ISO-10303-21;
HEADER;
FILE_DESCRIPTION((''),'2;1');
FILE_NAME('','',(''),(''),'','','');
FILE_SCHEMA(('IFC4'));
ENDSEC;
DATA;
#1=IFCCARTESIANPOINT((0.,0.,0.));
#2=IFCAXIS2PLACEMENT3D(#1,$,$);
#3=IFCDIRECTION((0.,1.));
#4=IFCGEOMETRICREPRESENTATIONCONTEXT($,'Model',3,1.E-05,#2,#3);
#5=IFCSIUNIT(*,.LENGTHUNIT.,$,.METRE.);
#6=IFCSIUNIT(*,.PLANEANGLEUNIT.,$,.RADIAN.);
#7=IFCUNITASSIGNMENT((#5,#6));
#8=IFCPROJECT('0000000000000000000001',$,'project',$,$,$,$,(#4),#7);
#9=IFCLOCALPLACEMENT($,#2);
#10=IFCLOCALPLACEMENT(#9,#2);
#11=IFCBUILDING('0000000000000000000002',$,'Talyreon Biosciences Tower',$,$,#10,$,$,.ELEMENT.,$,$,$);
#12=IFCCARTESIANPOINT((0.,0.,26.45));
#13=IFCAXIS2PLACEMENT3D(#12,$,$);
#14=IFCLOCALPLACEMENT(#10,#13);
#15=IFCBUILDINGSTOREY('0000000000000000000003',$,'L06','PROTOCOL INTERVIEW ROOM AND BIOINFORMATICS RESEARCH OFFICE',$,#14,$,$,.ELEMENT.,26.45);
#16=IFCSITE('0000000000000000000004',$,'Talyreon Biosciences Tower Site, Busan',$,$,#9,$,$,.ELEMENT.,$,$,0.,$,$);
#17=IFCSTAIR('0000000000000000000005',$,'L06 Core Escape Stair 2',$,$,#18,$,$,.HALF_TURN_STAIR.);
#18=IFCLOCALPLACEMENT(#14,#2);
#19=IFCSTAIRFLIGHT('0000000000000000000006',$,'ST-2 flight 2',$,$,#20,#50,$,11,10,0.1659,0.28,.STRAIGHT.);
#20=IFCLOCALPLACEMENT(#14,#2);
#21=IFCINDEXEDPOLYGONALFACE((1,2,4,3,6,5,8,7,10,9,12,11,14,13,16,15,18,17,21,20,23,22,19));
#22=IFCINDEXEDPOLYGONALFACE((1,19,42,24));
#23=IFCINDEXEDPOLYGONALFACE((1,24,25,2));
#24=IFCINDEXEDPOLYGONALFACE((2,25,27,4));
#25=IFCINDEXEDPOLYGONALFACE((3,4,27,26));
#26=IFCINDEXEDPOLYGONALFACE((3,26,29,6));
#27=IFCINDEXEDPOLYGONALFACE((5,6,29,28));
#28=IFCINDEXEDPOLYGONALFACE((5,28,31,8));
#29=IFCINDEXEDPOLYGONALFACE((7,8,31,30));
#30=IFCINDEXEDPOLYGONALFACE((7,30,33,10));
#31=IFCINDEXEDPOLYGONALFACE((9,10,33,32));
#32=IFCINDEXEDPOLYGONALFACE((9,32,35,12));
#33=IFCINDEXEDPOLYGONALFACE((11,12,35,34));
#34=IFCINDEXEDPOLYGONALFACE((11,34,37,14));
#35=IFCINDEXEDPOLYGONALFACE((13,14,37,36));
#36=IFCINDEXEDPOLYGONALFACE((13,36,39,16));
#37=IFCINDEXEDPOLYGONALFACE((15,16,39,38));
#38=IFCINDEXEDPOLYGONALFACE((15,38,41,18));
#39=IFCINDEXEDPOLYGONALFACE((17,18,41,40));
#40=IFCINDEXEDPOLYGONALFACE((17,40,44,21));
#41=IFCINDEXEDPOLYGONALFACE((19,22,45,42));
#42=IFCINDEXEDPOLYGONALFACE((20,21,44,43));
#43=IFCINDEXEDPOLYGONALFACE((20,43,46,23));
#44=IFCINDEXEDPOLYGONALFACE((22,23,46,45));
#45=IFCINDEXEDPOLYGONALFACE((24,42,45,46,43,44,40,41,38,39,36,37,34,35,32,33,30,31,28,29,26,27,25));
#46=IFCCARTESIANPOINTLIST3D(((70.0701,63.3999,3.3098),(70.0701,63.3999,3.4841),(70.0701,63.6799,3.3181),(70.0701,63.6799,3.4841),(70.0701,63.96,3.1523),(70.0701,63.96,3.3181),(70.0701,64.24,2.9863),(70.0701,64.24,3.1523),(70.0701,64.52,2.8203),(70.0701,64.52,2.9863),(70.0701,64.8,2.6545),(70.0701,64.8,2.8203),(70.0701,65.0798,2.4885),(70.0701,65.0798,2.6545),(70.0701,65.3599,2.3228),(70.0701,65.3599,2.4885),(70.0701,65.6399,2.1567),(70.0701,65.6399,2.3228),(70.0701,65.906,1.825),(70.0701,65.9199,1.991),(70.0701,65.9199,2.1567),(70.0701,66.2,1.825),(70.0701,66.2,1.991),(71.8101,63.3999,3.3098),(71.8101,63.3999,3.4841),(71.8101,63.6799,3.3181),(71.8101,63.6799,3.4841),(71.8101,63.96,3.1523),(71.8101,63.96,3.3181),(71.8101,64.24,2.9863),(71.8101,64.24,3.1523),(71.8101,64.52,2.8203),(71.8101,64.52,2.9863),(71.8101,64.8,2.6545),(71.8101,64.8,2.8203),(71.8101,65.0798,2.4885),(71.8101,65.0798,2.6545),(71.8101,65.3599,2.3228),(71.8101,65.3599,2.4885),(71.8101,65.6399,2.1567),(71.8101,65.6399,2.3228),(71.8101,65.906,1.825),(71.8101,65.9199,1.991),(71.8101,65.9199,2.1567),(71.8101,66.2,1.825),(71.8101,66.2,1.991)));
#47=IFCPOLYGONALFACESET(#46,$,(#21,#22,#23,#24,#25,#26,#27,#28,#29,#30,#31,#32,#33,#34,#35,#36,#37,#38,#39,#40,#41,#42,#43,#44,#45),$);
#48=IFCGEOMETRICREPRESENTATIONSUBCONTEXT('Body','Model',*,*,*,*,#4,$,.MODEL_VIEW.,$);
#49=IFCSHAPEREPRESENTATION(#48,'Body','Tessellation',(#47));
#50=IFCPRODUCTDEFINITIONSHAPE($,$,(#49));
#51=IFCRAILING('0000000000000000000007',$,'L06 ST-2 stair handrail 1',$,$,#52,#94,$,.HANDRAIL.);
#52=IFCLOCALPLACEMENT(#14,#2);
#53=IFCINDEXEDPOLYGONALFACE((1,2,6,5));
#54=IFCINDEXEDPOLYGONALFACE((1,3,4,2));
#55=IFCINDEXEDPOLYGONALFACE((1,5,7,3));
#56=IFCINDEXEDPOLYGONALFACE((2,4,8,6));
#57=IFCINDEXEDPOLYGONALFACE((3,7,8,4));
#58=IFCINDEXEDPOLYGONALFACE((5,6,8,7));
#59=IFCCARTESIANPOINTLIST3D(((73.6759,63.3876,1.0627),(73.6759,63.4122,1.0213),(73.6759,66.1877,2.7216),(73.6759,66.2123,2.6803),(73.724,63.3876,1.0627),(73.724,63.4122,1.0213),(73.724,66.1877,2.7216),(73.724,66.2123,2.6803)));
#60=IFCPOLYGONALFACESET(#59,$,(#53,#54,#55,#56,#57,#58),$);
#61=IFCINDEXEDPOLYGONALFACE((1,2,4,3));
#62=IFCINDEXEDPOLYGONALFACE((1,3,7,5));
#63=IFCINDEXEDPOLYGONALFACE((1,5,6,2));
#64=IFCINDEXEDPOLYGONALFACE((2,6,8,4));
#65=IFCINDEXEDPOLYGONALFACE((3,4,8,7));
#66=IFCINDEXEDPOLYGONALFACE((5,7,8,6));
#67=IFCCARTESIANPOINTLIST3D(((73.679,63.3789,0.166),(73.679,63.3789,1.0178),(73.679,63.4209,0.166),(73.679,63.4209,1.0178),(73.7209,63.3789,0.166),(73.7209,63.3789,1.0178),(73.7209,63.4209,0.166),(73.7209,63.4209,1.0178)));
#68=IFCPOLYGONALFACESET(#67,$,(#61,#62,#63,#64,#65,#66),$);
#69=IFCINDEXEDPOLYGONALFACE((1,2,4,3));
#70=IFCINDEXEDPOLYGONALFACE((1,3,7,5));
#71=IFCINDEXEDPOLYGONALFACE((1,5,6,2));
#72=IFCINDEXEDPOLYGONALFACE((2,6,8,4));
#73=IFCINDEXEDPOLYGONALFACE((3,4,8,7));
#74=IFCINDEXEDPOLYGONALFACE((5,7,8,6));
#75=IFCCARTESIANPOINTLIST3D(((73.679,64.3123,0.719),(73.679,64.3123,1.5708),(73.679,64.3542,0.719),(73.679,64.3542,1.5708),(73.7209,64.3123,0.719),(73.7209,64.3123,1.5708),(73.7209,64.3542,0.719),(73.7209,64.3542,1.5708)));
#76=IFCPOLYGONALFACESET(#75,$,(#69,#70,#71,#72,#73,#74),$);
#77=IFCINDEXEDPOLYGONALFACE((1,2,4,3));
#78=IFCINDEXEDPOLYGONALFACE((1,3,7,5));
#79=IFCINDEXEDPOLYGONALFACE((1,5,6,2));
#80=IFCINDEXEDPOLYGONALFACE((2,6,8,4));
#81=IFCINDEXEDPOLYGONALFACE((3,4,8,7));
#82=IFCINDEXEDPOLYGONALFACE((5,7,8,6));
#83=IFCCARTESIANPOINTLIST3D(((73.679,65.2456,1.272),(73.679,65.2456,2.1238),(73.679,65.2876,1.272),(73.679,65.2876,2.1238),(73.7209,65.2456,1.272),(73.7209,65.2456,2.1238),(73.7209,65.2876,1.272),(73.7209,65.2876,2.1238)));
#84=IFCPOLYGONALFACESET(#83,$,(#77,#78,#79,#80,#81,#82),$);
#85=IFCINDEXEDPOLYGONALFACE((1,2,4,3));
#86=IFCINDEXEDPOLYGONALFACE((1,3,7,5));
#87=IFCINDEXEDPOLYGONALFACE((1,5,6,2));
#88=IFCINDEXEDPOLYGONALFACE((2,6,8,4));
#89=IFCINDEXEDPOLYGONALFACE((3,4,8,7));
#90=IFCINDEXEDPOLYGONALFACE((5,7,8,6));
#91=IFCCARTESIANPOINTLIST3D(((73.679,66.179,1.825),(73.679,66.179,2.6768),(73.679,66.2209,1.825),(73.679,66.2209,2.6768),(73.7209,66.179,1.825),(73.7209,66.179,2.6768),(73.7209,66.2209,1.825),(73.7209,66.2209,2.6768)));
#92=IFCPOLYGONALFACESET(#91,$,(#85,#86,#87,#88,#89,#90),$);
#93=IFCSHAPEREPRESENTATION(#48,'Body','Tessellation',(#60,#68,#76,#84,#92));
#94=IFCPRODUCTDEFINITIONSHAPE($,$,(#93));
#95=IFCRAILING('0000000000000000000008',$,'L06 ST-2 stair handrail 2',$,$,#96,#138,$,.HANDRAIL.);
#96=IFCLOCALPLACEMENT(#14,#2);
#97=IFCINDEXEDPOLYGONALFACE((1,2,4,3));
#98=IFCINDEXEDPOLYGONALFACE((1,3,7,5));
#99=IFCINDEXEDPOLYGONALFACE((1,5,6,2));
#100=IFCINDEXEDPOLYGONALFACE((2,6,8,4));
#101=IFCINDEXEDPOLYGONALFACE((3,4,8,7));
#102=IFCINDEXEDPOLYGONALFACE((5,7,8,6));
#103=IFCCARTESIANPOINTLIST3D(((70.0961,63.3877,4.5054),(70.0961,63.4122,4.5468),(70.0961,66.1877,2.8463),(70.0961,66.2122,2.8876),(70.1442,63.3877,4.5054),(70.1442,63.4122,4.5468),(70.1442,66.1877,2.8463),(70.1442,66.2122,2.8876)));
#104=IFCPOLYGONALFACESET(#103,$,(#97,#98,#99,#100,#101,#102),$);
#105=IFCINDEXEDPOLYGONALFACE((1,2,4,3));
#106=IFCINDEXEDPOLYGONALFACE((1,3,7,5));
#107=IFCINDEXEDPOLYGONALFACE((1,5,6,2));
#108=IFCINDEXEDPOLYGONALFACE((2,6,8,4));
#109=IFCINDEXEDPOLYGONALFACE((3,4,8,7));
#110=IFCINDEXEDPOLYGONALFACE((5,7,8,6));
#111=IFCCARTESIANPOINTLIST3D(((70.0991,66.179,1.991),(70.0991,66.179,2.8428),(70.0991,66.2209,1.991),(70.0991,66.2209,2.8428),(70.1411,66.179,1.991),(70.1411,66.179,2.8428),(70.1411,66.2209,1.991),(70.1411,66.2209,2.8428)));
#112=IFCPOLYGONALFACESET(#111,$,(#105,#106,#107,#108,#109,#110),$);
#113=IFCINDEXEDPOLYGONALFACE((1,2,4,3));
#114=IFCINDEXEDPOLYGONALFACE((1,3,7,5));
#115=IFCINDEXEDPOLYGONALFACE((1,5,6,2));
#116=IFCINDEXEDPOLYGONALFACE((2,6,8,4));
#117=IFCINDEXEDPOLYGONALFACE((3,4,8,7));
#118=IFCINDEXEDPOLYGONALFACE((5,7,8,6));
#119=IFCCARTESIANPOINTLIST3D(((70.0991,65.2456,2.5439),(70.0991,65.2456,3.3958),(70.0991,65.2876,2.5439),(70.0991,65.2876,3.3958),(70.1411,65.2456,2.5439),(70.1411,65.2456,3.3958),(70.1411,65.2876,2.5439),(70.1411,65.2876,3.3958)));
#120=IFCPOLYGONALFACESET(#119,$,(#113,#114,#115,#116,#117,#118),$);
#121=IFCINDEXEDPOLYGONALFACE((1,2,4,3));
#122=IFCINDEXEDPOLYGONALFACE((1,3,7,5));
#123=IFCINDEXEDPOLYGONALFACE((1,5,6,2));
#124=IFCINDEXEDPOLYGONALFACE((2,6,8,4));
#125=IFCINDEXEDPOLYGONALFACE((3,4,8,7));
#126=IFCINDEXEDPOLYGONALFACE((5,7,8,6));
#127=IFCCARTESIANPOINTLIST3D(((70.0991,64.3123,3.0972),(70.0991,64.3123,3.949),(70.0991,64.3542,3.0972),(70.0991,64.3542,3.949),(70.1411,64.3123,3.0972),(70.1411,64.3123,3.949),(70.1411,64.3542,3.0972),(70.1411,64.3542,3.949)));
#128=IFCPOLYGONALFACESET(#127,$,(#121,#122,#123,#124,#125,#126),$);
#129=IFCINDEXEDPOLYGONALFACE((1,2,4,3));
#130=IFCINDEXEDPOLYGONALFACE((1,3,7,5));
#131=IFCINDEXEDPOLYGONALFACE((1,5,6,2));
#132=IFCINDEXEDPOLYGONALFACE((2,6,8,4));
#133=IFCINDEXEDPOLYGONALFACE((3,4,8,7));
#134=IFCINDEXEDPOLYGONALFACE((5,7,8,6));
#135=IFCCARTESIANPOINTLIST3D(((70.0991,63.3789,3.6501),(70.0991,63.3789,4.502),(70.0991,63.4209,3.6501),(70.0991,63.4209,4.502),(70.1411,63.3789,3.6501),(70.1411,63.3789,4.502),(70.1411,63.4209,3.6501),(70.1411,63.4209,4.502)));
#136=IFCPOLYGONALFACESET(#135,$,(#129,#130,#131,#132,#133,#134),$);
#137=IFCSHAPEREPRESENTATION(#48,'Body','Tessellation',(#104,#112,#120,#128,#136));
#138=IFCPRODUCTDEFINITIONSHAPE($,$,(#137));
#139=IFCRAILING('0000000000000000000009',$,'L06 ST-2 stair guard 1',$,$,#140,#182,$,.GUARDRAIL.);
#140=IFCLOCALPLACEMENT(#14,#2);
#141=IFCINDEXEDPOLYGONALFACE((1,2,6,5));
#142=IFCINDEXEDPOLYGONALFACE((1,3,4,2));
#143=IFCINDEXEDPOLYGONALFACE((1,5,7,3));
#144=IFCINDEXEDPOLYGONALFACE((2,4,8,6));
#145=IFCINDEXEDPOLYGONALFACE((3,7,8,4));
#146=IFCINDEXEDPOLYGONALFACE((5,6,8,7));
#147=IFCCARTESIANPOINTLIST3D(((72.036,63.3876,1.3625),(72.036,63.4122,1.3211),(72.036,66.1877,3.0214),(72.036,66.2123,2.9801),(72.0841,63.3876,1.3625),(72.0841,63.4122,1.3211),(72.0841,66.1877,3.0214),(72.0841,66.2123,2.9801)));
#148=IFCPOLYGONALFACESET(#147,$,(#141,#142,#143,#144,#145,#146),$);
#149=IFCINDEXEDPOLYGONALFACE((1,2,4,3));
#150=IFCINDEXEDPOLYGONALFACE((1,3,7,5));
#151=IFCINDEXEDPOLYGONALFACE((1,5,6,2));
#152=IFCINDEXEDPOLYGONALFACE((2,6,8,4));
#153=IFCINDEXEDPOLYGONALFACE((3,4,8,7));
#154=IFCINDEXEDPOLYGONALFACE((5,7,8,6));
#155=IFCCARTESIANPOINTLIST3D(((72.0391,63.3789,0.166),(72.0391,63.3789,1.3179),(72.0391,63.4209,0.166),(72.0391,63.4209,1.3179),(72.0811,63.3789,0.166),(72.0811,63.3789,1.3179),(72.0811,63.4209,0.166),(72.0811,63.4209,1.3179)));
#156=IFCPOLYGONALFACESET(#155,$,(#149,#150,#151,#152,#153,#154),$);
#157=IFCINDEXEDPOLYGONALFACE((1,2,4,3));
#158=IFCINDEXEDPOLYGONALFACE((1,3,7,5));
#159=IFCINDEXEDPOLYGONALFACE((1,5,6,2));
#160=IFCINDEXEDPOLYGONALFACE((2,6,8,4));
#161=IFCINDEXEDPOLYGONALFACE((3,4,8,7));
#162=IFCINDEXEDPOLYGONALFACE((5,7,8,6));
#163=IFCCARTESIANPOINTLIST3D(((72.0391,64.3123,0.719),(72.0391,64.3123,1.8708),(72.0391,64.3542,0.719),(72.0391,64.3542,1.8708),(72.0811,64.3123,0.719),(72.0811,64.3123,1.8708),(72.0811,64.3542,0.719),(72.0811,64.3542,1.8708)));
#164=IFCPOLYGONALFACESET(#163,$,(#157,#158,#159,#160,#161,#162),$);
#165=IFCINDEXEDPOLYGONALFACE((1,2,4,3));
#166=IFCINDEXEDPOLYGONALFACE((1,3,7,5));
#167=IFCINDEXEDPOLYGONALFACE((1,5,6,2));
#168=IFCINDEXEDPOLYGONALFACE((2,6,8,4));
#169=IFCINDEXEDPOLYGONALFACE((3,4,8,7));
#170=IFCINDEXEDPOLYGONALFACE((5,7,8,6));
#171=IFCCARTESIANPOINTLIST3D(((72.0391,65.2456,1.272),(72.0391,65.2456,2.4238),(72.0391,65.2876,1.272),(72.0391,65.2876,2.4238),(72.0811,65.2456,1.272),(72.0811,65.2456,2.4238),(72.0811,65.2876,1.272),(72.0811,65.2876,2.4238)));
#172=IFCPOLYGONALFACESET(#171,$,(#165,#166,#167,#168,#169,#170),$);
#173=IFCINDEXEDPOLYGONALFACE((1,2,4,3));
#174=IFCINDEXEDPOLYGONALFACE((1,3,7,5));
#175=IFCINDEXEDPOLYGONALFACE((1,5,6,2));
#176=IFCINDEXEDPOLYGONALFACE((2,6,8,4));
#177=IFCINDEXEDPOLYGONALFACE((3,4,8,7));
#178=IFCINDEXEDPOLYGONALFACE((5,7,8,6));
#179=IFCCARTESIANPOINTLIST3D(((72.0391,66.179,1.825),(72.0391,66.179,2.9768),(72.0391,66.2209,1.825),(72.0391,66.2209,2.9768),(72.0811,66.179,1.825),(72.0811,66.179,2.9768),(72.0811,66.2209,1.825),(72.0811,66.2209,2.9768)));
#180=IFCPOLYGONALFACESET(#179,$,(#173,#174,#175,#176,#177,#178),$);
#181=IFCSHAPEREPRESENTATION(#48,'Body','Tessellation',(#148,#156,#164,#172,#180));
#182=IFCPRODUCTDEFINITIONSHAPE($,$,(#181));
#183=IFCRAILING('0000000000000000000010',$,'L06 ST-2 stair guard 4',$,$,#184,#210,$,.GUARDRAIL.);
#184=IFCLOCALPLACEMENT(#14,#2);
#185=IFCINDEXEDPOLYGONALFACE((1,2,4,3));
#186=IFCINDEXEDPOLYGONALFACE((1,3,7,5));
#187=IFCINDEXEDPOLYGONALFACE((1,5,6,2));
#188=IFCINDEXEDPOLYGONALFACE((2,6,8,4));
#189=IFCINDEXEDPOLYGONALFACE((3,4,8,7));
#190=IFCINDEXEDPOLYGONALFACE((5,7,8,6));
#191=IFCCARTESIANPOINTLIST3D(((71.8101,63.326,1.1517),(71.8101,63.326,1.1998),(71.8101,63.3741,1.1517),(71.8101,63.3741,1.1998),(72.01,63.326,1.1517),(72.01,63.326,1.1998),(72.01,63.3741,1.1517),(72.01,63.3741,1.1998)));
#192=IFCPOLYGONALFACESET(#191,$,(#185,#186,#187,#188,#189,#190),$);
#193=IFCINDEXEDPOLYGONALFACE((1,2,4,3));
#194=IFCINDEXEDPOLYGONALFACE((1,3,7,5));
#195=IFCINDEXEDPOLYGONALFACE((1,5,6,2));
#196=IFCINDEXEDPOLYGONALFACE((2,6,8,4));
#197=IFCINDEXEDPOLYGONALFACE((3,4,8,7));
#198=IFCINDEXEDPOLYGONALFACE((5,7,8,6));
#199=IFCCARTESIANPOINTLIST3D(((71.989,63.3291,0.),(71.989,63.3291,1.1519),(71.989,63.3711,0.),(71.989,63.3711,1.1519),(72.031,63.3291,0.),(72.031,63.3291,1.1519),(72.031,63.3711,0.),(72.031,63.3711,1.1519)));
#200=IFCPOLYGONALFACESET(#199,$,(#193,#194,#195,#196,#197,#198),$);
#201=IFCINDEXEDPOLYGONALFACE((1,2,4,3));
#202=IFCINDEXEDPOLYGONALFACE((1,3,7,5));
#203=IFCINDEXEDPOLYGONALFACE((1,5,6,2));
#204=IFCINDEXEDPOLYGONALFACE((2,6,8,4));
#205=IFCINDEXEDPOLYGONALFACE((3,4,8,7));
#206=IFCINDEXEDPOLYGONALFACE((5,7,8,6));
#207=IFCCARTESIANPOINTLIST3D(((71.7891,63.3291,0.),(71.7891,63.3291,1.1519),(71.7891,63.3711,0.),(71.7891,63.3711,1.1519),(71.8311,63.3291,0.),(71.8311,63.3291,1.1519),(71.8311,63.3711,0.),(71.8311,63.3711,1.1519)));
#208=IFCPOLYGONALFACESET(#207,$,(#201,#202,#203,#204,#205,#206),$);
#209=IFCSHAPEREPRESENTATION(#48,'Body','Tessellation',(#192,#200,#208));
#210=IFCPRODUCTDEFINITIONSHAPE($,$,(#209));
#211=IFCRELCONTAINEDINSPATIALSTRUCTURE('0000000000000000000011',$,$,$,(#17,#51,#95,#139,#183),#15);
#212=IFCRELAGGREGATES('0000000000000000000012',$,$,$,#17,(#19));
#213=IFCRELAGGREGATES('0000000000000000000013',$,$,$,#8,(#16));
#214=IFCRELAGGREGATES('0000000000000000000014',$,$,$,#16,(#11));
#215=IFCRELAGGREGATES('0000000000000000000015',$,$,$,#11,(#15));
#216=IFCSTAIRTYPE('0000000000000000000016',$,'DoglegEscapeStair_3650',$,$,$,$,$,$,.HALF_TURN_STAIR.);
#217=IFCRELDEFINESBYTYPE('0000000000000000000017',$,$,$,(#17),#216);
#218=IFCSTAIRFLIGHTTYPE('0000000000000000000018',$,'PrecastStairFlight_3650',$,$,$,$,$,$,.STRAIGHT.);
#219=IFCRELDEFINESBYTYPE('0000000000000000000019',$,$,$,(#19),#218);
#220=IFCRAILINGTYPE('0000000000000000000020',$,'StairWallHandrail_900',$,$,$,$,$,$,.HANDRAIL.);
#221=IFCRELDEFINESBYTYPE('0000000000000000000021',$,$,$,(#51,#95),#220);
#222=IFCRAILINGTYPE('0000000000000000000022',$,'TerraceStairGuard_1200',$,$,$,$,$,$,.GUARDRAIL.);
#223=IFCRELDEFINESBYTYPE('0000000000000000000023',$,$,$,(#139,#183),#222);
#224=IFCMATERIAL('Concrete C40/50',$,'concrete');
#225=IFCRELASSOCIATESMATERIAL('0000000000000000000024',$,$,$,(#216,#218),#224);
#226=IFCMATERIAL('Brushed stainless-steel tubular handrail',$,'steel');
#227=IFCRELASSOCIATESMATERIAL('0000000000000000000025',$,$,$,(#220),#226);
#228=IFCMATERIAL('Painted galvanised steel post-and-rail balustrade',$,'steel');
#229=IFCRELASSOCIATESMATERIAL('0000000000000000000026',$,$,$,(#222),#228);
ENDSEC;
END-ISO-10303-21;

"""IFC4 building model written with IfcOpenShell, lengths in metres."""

from ifc_helpers import new_model, si_unit, direction, frame, origin, origin_2d, place, context, subcontext, project, spatial, polyline, rectangle, outline, extrude, material, type_object, element, aggregate, save


model = new_model("IFC4")

# Units and contexts
model_context = context("Model", 3, precision=1e-05, world=origin(), true_north=direction((0.0, 1.0)))
body_context = subcontext(model_context, "Body", "Model", "MODEL_VIEW")
ifc_project = project(units=[si_unit("LENGTHUNIT", "METRE"), si_unit("PLANEANGLEUNIT", "RADIAN")], contexts=[model_context])

# Site, building, storey
site_placement = place(None, origin())
site = spatial("IfcSite", under=ifc_project, at=site_placement, Name="Talyreon Biosciences Tower Site, Busan", CompositionType="ELEMENT", RefElevation=0.0)
building_placement = place(site_placement, origin())
building = spatial("IfcBuilding", under=site, at=building_placement, Name="Talyreon Biosciences Tower", CompositionType="ELEMENT")
storey_placement = place(building_placement, frame((0.0, 0.0, 26.45)))
storey = spatial("IfcBuildingStorey", under=building, at=storey_placement, Name="L06", Description="PROTOCOL INTERVIEW ROOM AND BIOINFORMATICS RESEARCH OFFICE", CompositionType="ELEMENT", Elevation=26.45)

# Stair, stair flight
ifc_material_1 = material(Name="Concrete C40/50", Category="concrete")
stair_type = type_object("IfcStairType", Name="DoglegEscapeStair_3650", PredefinedType="HALF_TURN_STAIR", material=ifc_material_1)
stair_placement = place(storey_placement, origin())
stair = element("IfcStair", 1, at=stair_placement, inside=storey, type_object=stair_type, Name="L06 Core Escape Stair 2", PredefinedType="HALF_TURN_STAIR")
stair_flight_type = type_object("IfcStairFlightType", Name="PrecastStairFlight_3650", PredefinedType="STRAIGHT", material=ifc_material_1)
stair_flight_1_placement = place(storey_placement, frame((70.9399, 66.2, 1.825), z_axis=(0.0, 0.0, 1.0), x_axis=(0.0, -1.0, 0.0)))
stair_flight_1 = element("IfcStairFlight", 2, at=stair_flight_1_placement, type_object=stair_flight_type, Name="ST-2 flight 2", NumberOfRisers=11, NumberOfTreads=10, PredefinedType="STRAIGHT", RiserHeight=0.1659, TreadLength=0.28, context=body_context, shape_type="SweptSolid", body=[
    extrude(outline(polyline([(0.0, 0.0), (0.0, 0.166), (0.28, 0.166), (0.28, 0.3318), (0.5601, 0.3318), (0.5601, 0.4978), (0.8401, 0.4978), (0.8401, 0.6636), (1.1201, 0.6636), (1.1201, 0.8296), (1.3999, 0.8296), (1.3999, 0.9954), (1.6799, 0.9954), (1.6799, 1.1614), (1.96, 1.1614), (1.96, 1.3274), (2.24, 1.3274), (2.24, 1.4932), (2.52, 1.4932), (2.52, 1.6592), (2.8, 1.6592), (2.8, 1.825), (2.8, 1.4849), (0.2939, 0.0), (0.0, 0.0)])), frame((0.0, 0.8701, 0.0), z_axis=(0.0, -1.0, 0.0), x_axis=(1.0, 0.0, 0.0)), (0.0, 0.0, 1.0), 1.74),
])
aggregate(stair, [stair_flight_1])

# Railings
ifc_material_2 = material(Name="Brushed stainless-steel tubular handrail", Category="steel")
railing_type_1 = type_object("IfcRailingType", Name="StairWallHandrail_900", PredefinedType="HANDRAIL", material=ifc_material_2)
railing_1_placement = place(storey_placement, frame((73.7, 63.3999, 0.166)))
element("IfcRailing", 3, at=railing_1_placement, inside=storey, type_object=railing_type_1, Name="L06 ST-2 stair handrail 1", PredefinedType="HANDRAIL", context=body_context, shape_type="SweptSolid", body=[
    extrude(rectangle(XDim=0.0481, YDim=0.0481, at=origin_2d()), frame((0.0, 0.0, 0.876), z_axis=(0.0, 0.860339, 0.509722), x_axis=(-1.0, 0.0, 0.0)), (0.0, 0.0, 1.0), 3.2546),
    extrude(rectangle(XDim=0.042, YDim=0.042, at=origin_2d()), origin(), (0.0, 0.0, 1.0), 0.8518),
    extrude(rectangle(XDim=0.042, YDim=0.042, at=origin_2d()), frame((0.0, 0.9333, 0.553)), (0.0, 0.0, 1.0), 0.8518),
    extrude(rectangle(XDim=0.042, YDim=0.042, at=origin_2d()), frame((0.0, 1.8667, 1.106)), (0.0, 0.0, 1.0), 0.8518),
    extrude(rectangle(XDim=0.042, YDim=0.042, at=origin_2d()), frame((0.0, 2.8, 1.6589)), (0.0, 0.0, 1.0), 0.8518),
])
railing_2_placement = place(storey_placement, frame((70.1201, 66.2, 1.991)))
element("IfcRailing", 4, at=railing_2_placement, inside=storey, type_object=railing_type_1, Name="L06 ST-2 stair handrail 2", PredefinedType="HANDRAIL", context=body_context, shape_type="SweptSolid", body=[
    extrude(rectangle(XDim=0.0481, YDim=0.0481, at=origin_2d()), frame((0.0, 0.0, 0.876), z_axis=(0.0, -0.860306, 0.509778), x_axis=(1.0, 0.0, 0.0)), (0.0, 0.0, 1.0), 3.2546),
    extrude(rectangle(XDim=0.042, YDim=0.042, at=origin_2d()), origin(), (0.0, 0.0, 1.0), 0.8518),
    extrude(rectangle(XDim=0.042, YDim=0.042, at=origin_2d()), frame((0.0, -0.9333, 0.553)), (0.0, 0.0, 1.0), 0.8518),
    extrude(rectangle(XDim=0.042, YDim=0.042, at=origin_2d()), frame((0.0, -1.8667, 1.1062)), (0.0, 0.0, 1.0), 0.8518),
    extrude(rectangle(XDim=0.042, YDim=0.042, at=origin_2d()), frame((0.0, -2.8, 1.6592)), (0.0, 0.0, 1.0), 0.8518),
])
ifc_material_3 = material(Name="Painted galvanised steel post-and-rail balustrade", Category="steel")
railing_type_2 = type_object("IfcRailingType", Name="TerraceStairGuard_1200", PredefinedType="GUARDRAIL", material=ifc_material_3)
railing_3_placement = place(storey_placement, frame((72.0601, 63.3999, 0.166)))
element("IfcRailing", 5, at=railing_3_placement, inside=storey, type_object=railing_type_2, Name="L06 ST-2 stair guard 1", PredefinedType="GUARDRAIL", context=body_context, shape_type="SweptSolid", body=[
    extrude(rectangle(XDim=0.0481, YDim=0.0481, at=origin_2d()), frame((0.0, 0.0, 1.1758), z_axis=(0.0, 0.860339, 0.509722), x_axis=(-1.0, 0.0, 0.0)), (0.0, 0.0, 1.0), 3.2546),
    extrude(rectangle(XDim=0.042, YDim=0.042, at=origin_2d()), origin(), (0.0, 0.0, 1.0), 1.1519),
    extrude(rectangle(XDim=0.042, YDim=0.042, at=origin_2d()), frame((0.0, 0.9333, 0.553)), (0.0, 0.0, 1.0), 1.1519),
    extrude(rectangle(XDim=0.042, YDim=0.042, at=origin_2d()), frame((0.0, 1.8667, 1.106)), (0.0, 0.0, 1.0), 1.1519),
    extrude(rectangle(XDim=0.042, YDim=0.042, at=origin_2d()), frame((0.0, 2.8, 1.6589)), (0.0, 0.0, 1.0), 1.1519),
])
railing_4_placement = place(storey_placement, frame((72.01, 63.3501, 0.0)))
element("IfcRailing", 6, at=railing_4_placement, inside=storey, type_object=railing_type_2, Name="L06 ST-2 stair guard 4", PredefinedType="GUARDRAIL", context=body_context, shape_type="SweptSolid", body=[
    extrude(rectangle(XDim=0.0481, YDim=0.0481, at=origin_2d()), frame((0.0, 0.0, 1.1758), z_axis=(-1.0, 0.0, 0.0), x_axis=(0.0, -1.0, 0.0)), (0.0, 0.0, 1.0), 0.2),
    extrude(rectangle(XDim=0.042, YDim=0.042, at=origin_2d()), origin(), (0.0, 0.0, 1.0), 1.1519),
    extrude(rectangle(XDim=0.042, YDim=0.042, at=origin_2d()), frame((-0.2, 0.0, 0.0)), (0.0, 0.0, 1.0), 1.1519),
])

save(model, "model.ifc")
